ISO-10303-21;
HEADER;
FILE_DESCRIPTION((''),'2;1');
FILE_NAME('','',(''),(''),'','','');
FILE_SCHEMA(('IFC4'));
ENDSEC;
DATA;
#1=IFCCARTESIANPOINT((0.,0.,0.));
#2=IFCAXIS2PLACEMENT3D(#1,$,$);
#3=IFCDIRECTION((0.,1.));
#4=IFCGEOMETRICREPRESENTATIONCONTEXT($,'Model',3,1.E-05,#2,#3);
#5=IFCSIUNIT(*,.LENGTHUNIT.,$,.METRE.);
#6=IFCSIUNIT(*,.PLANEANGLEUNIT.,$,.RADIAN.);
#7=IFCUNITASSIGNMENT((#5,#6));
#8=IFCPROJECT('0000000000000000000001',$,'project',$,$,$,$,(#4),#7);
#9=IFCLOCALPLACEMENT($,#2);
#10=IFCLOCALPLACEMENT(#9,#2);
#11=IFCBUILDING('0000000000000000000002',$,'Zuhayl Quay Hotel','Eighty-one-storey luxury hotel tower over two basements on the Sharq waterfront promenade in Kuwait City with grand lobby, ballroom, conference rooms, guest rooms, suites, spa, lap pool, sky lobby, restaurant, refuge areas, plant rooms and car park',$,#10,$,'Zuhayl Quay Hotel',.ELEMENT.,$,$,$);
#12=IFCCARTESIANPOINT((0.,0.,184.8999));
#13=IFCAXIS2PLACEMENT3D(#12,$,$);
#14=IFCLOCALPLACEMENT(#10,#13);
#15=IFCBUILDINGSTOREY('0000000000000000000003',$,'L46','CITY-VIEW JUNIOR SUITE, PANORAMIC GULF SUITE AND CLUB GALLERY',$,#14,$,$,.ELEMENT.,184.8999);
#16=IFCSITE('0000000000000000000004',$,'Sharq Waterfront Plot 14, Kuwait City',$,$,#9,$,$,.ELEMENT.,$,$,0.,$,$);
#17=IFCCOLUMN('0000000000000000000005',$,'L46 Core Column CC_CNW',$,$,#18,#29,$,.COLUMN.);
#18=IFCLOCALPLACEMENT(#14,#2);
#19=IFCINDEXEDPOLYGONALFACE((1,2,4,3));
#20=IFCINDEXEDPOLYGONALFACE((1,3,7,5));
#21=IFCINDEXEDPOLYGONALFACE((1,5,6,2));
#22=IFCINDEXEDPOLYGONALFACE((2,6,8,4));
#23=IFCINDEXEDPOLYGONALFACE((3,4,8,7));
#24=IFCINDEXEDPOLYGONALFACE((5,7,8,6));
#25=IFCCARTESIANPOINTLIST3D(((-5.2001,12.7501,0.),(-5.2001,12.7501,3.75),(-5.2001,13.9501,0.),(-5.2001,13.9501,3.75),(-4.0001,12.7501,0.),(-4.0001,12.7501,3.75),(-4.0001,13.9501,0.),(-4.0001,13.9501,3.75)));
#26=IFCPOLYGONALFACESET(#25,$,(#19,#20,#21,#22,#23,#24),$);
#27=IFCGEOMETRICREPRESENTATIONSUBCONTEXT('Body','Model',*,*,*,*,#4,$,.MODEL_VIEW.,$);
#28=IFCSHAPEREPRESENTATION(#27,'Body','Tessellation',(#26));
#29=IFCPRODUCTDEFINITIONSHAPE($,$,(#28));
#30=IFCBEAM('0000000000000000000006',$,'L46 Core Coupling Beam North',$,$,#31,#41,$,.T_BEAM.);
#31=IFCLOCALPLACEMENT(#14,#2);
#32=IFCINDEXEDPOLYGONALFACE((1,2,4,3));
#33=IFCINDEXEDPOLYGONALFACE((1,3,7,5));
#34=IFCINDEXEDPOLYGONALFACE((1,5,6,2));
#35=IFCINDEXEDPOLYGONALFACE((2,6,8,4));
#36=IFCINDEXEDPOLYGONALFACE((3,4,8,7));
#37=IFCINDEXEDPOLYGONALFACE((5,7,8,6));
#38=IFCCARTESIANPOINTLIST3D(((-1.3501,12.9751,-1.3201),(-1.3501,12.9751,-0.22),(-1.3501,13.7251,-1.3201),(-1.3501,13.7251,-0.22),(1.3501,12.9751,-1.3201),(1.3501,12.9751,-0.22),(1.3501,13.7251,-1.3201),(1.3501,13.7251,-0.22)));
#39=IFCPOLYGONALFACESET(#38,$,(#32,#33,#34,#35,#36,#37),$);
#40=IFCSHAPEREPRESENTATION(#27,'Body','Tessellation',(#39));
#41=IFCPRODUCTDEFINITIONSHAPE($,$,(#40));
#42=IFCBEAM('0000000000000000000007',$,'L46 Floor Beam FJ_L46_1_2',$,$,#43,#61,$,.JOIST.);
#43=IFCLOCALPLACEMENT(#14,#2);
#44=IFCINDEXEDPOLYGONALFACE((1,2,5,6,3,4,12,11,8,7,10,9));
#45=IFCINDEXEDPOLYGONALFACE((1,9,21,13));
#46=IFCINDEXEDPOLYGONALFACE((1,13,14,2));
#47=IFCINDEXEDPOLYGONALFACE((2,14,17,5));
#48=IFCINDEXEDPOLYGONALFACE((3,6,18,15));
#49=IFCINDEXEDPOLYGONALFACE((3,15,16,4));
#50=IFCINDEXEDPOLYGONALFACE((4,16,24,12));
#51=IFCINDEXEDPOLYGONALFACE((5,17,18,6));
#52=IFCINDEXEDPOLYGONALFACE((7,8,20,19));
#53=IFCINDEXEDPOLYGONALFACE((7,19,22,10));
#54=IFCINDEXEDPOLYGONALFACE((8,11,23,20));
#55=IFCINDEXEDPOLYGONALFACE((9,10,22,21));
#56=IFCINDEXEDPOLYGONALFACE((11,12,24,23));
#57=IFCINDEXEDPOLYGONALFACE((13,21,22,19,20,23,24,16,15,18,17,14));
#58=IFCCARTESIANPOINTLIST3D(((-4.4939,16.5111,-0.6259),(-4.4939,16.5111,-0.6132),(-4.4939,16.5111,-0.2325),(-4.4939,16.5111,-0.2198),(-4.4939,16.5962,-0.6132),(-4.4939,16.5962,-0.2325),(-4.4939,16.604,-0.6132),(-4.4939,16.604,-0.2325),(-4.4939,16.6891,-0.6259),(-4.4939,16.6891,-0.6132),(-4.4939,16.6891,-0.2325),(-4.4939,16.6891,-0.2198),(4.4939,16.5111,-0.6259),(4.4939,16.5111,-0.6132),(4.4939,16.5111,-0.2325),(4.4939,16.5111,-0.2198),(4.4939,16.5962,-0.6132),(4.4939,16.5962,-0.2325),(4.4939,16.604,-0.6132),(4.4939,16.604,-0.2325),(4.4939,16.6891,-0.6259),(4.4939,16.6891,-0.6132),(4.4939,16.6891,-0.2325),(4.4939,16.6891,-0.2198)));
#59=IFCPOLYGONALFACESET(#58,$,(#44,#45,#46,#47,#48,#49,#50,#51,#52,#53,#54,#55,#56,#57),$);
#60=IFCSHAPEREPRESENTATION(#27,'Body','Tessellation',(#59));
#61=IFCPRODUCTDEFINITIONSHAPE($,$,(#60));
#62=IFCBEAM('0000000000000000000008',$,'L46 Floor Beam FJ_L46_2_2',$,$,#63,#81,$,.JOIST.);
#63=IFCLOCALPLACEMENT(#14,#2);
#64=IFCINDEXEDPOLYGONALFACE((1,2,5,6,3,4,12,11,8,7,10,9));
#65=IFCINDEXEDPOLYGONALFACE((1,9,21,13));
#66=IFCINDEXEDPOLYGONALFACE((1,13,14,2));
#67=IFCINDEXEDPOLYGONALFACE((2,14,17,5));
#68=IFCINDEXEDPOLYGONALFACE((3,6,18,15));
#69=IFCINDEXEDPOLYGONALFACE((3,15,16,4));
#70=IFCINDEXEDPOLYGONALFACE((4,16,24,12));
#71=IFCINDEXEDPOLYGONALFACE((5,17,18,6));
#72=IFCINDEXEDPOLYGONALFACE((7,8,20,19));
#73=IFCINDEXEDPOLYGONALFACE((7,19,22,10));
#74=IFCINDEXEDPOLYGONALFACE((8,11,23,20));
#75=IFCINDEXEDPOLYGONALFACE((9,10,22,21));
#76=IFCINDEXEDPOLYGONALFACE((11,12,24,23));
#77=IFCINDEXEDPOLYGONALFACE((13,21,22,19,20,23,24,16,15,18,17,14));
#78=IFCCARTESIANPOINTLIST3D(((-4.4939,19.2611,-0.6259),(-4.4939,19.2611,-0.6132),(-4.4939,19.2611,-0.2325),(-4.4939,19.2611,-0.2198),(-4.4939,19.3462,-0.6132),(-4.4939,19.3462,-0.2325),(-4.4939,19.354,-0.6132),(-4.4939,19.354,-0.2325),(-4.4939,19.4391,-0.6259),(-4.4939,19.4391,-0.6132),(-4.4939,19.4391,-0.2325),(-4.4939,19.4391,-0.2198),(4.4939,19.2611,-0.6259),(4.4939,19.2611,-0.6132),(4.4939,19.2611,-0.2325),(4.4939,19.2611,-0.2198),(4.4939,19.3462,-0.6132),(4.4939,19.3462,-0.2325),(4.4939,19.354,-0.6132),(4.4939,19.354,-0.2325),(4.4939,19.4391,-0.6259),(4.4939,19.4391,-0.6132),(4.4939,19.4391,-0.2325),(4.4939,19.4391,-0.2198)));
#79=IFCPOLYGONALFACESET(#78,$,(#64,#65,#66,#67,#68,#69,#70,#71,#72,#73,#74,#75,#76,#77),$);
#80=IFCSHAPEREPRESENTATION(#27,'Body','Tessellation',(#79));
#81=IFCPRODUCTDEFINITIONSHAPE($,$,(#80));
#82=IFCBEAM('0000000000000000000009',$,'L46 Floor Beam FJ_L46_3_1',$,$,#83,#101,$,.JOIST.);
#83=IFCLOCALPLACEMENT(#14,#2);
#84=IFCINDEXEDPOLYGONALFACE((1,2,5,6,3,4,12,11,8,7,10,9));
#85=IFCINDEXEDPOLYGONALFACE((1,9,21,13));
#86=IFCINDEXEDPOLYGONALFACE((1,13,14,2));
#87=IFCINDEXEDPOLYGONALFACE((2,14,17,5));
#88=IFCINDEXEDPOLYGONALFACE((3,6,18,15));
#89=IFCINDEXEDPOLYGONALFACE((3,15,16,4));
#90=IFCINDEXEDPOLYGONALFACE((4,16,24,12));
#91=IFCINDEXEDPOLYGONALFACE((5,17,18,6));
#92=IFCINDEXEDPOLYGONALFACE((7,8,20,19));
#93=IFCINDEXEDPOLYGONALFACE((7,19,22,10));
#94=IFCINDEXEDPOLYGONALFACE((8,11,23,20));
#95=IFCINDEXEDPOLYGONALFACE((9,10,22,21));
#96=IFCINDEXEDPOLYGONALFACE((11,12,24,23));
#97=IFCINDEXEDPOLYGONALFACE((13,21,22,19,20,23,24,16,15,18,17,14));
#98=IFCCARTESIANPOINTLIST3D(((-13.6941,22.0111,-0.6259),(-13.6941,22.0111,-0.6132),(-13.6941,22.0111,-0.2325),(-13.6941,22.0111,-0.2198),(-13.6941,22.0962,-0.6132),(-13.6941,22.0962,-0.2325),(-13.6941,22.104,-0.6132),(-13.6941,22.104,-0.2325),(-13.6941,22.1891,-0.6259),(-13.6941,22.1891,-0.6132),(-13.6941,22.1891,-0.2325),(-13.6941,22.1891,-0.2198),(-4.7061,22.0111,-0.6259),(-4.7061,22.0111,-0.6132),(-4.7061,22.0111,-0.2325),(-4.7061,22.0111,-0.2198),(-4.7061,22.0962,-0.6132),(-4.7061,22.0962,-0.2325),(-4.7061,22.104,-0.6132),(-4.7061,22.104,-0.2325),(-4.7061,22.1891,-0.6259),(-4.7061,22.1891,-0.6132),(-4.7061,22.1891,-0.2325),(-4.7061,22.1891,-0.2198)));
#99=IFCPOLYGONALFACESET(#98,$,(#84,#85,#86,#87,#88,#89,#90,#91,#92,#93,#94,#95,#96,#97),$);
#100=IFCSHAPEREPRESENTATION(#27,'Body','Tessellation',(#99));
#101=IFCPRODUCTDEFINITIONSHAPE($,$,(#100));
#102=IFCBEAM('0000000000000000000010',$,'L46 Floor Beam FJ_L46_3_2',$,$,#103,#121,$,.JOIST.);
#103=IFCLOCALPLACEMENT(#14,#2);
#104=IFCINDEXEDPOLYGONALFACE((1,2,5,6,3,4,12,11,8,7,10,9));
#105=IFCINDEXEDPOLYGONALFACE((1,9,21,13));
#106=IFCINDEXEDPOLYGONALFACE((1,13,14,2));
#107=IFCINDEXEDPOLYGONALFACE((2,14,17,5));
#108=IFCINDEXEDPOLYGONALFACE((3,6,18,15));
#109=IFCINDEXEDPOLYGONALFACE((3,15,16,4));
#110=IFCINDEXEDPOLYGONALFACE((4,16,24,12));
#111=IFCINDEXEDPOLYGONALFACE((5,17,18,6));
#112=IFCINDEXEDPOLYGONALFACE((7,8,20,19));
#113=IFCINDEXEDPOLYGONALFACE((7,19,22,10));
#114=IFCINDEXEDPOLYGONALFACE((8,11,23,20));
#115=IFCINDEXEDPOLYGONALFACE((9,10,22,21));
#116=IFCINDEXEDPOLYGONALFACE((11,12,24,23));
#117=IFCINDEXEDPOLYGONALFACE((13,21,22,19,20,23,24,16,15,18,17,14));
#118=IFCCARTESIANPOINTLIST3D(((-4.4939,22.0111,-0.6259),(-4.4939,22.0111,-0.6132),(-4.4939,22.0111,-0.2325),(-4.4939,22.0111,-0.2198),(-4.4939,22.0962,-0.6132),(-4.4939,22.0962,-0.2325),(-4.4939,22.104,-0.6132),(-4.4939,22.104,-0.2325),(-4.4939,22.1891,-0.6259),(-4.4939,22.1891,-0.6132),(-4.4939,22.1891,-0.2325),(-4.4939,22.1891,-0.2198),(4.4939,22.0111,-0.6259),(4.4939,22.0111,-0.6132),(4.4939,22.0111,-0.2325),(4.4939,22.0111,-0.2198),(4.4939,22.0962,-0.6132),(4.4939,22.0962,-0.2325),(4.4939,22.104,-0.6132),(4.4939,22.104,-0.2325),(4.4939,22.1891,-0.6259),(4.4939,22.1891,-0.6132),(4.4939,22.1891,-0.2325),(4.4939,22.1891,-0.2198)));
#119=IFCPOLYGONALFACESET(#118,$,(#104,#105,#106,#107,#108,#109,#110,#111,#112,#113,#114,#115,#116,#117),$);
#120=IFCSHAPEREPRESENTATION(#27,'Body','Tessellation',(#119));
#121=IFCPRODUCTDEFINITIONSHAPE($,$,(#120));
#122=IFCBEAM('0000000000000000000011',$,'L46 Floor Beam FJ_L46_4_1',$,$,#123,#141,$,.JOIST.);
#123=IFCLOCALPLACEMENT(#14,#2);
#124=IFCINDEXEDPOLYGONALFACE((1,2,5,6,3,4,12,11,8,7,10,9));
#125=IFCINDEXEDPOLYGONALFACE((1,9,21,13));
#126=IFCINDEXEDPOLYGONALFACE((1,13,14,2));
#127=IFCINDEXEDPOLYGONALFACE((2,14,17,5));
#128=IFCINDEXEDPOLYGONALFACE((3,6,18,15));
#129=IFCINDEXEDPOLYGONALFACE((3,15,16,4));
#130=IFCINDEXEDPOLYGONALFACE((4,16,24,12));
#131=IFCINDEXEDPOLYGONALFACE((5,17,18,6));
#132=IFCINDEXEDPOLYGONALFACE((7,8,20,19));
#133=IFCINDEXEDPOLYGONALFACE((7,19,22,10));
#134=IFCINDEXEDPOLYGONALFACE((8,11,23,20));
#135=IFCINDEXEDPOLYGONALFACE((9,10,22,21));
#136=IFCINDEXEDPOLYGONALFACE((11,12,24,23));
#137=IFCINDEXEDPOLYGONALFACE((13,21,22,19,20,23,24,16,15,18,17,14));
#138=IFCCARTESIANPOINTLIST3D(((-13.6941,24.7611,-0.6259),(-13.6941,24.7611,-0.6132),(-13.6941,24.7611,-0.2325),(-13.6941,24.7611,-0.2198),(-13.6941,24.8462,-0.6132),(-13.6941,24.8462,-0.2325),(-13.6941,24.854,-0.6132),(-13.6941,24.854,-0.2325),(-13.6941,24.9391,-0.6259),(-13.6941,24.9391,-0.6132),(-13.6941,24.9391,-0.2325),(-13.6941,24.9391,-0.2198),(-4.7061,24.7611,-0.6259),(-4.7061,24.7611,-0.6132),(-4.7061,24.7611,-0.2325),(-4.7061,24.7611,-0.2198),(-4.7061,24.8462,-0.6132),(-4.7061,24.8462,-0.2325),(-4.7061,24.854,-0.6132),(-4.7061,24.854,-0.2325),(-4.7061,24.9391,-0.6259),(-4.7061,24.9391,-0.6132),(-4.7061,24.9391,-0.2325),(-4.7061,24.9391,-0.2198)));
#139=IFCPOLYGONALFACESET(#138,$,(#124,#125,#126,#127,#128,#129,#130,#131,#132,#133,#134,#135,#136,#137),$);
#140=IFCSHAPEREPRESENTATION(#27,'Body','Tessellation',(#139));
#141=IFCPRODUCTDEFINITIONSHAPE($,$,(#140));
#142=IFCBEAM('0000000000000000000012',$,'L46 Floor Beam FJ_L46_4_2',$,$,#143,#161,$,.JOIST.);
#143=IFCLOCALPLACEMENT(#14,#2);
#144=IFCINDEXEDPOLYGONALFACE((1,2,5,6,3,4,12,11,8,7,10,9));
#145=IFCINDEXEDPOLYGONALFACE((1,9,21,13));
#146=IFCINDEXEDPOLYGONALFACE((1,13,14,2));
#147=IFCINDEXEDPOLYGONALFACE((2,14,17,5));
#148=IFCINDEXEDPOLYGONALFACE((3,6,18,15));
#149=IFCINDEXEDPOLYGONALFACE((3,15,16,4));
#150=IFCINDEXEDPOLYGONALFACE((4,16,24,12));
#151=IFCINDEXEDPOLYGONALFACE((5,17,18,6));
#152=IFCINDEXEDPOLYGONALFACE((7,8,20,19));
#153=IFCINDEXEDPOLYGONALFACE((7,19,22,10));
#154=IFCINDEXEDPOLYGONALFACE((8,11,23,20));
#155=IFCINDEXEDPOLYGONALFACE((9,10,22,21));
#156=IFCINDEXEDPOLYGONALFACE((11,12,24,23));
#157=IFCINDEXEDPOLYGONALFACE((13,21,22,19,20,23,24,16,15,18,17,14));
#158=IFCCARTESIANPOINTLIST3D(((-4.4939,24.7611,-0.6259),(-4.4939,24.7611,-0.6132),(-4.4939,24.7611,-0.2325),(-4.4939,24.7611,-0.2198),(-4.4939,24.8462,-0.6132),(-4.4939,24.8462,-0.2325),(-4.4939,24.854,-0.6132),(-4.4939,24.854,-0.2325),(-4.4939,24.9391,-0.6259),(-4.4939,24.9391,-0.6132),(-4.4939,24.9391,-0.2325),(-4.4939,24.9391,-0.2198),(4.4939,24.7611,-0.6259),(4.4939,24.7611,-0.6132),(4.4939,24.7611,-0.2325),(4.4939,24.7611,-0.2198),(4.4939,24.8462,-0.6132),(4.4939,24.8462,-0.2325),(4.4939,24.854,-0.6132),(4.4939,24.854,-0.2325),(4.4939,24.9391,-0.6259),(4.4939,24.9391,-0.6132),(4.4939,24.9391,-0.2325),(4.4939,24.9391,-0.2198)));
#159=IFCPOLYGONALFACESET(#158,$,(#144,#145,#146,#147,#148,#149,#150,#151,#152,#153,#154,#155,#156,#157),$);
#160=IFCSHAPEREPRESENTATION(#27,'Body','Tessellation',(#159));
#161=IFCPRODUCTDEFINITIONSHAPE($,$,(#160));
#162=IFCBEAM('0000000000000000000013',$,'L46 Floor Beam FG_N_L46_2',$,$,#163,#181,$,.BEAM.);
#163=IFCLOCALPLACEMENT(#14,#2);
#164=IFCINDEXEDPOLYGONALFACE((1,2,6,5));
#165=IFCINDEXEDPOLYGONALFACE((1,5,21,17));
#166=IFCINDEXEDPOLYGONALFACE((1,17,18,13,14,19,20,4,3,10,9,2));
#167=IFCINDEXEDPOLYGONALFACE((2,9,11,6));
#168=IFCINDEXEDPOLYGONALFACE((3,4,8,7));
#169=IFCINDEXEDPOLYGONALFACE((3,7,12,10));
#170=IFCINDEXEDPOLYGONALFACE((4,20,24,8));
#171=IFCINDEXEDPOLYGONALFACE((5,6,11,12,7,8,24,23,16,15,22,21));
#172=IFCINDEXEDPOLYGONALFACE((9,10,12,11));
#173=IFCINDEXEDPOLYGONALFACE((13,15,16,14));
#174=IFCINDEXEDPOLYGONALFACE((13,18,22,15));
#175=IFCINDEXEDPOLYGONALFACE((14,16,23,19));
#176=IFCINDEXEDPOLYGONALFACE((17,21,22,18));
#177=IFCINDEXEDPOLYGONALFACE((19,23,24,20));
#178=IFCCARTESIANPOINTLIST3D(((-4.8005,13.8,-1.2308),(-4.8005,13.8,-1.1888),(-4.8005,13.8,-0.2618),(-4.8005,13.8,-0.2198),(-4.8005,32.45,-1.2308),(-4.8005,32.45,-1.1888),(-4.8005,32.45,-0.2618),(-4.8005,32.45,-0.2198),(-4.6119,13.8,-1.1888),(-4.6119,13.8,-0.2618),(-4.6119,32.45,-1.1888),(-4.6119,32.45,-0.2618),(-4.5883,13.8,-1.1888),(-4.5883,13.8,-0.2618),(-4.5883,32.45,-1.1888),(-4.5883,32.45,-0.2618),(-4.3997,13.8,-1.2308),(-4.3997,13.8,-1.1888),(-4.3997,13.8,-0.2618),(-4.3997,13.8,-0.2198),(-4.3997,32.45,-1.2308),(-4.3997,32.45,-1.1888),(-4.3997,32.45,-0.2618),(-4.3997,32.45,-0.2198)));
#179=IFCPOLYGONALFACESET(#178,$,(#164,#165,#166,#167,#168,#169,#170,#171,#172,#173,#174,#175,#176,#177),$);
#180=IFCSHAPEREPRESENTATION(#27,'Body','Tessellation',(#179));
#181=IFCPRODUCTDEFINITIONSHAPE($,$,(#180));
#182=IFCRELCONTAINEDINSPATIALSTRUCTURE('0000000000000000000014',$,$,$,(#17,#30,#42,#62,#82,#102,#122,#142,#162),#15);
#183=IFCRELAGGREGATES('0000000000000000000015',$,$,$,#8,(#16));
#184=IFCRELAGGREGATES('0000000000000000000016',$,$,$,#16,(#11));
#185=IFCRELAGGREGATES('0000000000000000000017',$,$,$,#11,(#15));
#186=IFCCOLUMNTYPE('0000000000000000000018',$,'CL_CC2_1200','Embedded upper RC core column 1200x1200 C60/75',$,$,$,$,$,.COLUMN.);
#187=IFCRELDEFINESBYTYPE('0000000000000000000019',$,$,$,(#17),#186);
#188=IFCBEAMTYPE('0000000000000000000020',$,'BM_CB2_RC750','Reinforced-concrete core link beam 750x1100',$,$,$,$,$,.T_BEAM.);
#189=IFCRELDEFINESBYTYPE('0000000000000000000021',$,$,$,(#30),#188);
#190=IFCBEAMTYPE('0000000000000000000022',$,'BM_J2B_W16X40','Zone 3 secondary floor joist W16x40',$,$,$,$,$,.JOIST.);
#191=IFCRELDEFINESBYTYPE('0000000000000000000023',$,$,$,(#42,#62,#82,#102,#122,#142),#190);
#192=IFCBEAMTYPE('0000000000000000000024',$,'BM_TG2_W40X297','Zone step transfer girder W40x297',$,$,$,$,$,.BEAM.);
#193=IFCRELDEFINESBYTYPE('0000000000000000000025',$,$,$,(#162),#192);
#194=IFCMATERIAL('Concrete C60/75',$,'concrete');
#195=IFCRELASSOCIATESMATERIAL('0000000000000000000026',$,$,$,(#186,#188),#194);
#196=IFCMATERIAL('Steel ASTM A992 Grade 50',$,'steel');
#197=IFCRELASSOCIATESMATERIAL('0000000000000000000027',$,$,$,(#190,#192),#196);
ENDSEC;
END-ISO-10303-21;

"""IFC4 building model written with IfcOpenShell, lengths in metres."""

from ifc_helpers import new_model, si_unit, direction, frame, origin, origin_2d, place, context, subcontext, project, spatial, rectangle, i_section, extrude, material, material_profile, profile_set, type_object, element, save


model = new_model("IFC4")

# Units and contexts
model_context = context("Model", 3, precision=1e-05, world=origin(), true_north=direction((0.0, 1.0)))
body_context = subcontext(model_context, "Body", "Model", "MODEL_VIEW")
ifc_project = project(units=[si_unit("LENGTHUNIT", "METRE"), si_unit("PLANEANGLEUNIT", "RADIAN")], contexts=[model_context])

# Site, building, storey
site_placement = place(None, origin())
site = spatial("IfcSite", under=ifc_project, at=site_placement, Name="Sharq Waterfront Plot 14, Kuwait City", CompositionType="ELEMENT", RefElevation=0.0)
building_placement = place(site_placement, origin())
building = spatial("IfcBuilding", under=site, at=building_placement, Name="Zuhayl Quay Hotel", Description="Eighty-one-storey luxury hotel tower over two basements on the Sharq waterfront promenade in Kuwait City with grand lobby, ballroom, conference rooms, guest rooms, suites, spa, lap pool, sky lobby, restaurant, refuge areas, plant rooms and car park", LongName="Zuhayl Quay Hotel", CompositionType="ELEMENT")
storey_placement = place(building_placement, frame((0.0, 0.0, 184.8999)))
storey = spatial("IfcBuildingStorey", under=building, at=storey_placement, Name="L46", Description="CITY-VIEW JUNIOR SUITE, PANORAMIC GULF SUITE AND CLUB GALLERY", CompositionType="ELEMENT", Elevation=184.8999)

# Column
ifc_material_1 = material(Name="Concrete C60/75", Category="concrete")
ifc_material_profile_1 = material_profile(ifc_material_1, rectangle(XDim=1.2, YDim=1.2, at=origin_2d()), Name="RC1200X1200")
ifc_profile_set_1 = profile_set([ifc_material_profile_1], Name="Concrete C60/75")
column_type = type_object("IfcColumnType", Name="CL_CC2_1200", Description="Embedded upper RC core column 1200x1200 C60/75", PredefinedType="COLUMN", material=ifc_profile_set_1)
column_placement = place(storey_placement, frame((-4.6001, 13.3501, 0.0), z_axis=(0.0, 0.0, 1.0), x_axis=(1.0, 0.0, 0.0)))
element("IfcColumn", 1, at=column_placement, inside=storey, type_object=column_type, Name="L46 Core Column CC_CNW", PredefinedType="COLUMN", context=body_context, shape_type="SweptSolid", body=[
    extrude(rectangle(XDim=1.2, YDim=1.2, at=origin_2d()), origin(), (0.0, 0.0, 1.0), 3.75),
])

# Beams
ifc_material_profile_2 = material_profile(ifc_material_1, rectangle(XDim=0.75, YDim=1.1001, at=origin_2d()), Name="RC750X1100")
ifc_profile_set_2 = profile_set([ifc_material_profile_2], Name="Concrete C60/75")
beam_type_1 = type_object("IfcBeamType", Name="BM_CB2_RC750", Description="Reinforced-concrete core link beam 750x1100", PredefinedType="T_BEAM", material=ifc_profile_set_2)
beam_1_placement = place(storey_placement, frame((-1.3501, 13.3501, -0.77), z_axis=(1.0, 0.0, 0.0), x_axis=(0.0, 1.0, 0.0)))
element("IfcBeam", 2, at=beam_1_placement, inside=storey, type_object=beam_type_1, Name="L46 Core Coupling Beam North", PredefinedType="T_BEAM", context=body_context, shape_type="SweptSolid", body=[
    extrude(rectangle(XDim=0.75, YDim=1.1001, at=origin_2d()), origin(), (0.0, 0.0, 1.0), 2.7002),
])
ifc_material_2 = material(Name="Steel ASTM A992 Grade 50", Category="steel")
ifc_material_profile_3 = material_profile(ifc_material_2, i_section(OverallWidth=0.178, OverallDepth=0.406, WebThickness=0.0078, FlangeThickness=0.0127, at=origin_2d()), Name="W16X40")
ifc_profile_set_3 = profile_set([ifc_material_profile_3], Name="Steel ASTM A992 Grade 50")
beam_type_2 = type_object("IfcBeamType", Name="BM_J2B_W16X40", Description="Zone 3 secondary floor joist W16x40", PredefinedType="JOIST", material=ifc_profile_set_3)
for number, where, z_axis, x_axis, name in (
    (3, (-4.4939, 16.6001, -0.4229), (1.0, 0.0, 0.0), (0.0, 1.0, 0.0), "L46 Floor Beam FJ_L46_1_2"),
    (4, (-4.4939, 19.3501, -0.4229), (1.0, 0.0, 0.0), (0.0, 1.0, 0.0), "L46 Floor Beam FJ_L46_2_2"),
):
    element("IfcBeam", number, at=place(storey_placement, frame(where, z_axis=z_axis, x_axis=x_axis)), inside=storey, type_object=beam_type_2, Name=name, PredefinedType="JOIST", context=body_context, shape_type="SweptSolid", body=[
        extrude(i_section(OverallWidth=0.178, OverallDepth=0.406, WebThickness=0.0078, FlangeThickness=0.0127, at=origin_2d()), origin(), (0.0, 0.0, 1.0), 8.9878),
    ])
beam_2_placement = place(storey_placement, frame((-13.6941, 22.1001, -0.4229), z_axis=(1.0, 0.0, 0.0), x_axis=(0.0, 1.0, 0.0)))
element("IfcBeam", 5, at=beam_2_placement, inside=storey, type_object=beam_type_2, Name="L46 Floor Beam FJ_L46_3_1", PredefinedType="JOIST", context=body_context, shape_type="SweptSolid", body=[
    extrude(i_section(OverallWidth=0.178, OverallDepth=0.406, WebThickness=0.0078, FlangeThickness=0.0127, at=origin_2d()), origin(), (0.0, 0.0, 1.0), 8.988),
])
beam_3_placement = place(storey_placement, frame((-4.4939, 22.1001, -0.4229), z_axis=(1.0, 0.0, 0.0), x_axis=(0.0, 1.0, 0.0)))
element("IfcBeam", 6, at=beam_3_placement, inside=storey, type_object=beam_type_2, Name="L46 Floor Beam FJ_L46_3_2", PredefinedType="JOIST", context=body_context, shape_type="SweptSolid", body=[
    extrude(i_section(OverallWidth=0.178, OverallDepth=0.406, WebThickness=0.0078, FlangeThickness=0.0127, at=origin_2d()), origin(), (0.0, 0.0, 1.0), 8.9878),
])
beam_4_placement = place(storey_placement, frame((-13.6941, 24.8501, -0.4229), z_axis=(1.0, 0.0, 0.0), x_axis=(0.0, 1.0, 0.0)))
element("IfcBeam", 7, at=beam_4_placement, inside=storey, type_object=beam_type_2, Name="L46 Floor Beam FJ_L46_4_1", PredefinedType="JOIST", context=body_context, shape_type="SweptSolid", body=[
    extrude(i_section(OverallWidth=0.178, OverallDepth=0.406, WebThickness=0.0078, FlangeThickness=0.0127, at=origin_2d()), origin(), (0.0, 0.0, 1.0), 8.988),
])
beam_5_placement = place(storey_placement, frame((-4.4939, 24.8501, -0.4229), z_axis=(1.0, 0.0, 0.0), x_axis=(0.0, 1.0, 0.0)))
element("IfcBeam", 8, at=beam_5_placement, inside=storey, type_object=beam_type_2, Name="L46 Floor Beam FJ_L46_4_2", PredefinedType="JOIST", context=body_context, shape_type="SweptSolid", body=[
    extrude(i_section(OverallWidth=0.178, OverallDepth=0.406, WebThickness=0.0078, FlangeThickness=0.0127, at=origin_2d()), origin(), (0.0, 0.0, 1.0), 8.9878),
])
ifc_material_profile_4 = material_profile(ifc_material_2, i_section(OverallWidth=0.4009, OverallDepth=1.011, WebThickness=0.0237, FlangeThickness=0.042, at=origin_2d()), Name="W40X297")
ifc_profile_set_4 = profile_set([ifc_material_profile_4], Name="Steel ASTM A992 Grade 50")
beam_type_3 = type_object("IfcBeamType", Name="BM_TG2_W40X297", Description="Zone step transfer girder W40x297", PredefinedType="BEAM", material=ifc_profile_set_4)
beam_6_placement = place(storey_placement, frame((-4.6001, 13.8, -0.7253), z_axis=(0.0, 1.0, 0.0), x_axis=(-1.0, 0.0, 0.0)))
element("IfcBeam", 9, at=beam_6_placement, inside=storey, type_object=beam_type_3, Name="L46 Floor Beam FG_N_L46_2", PredefinedType="BEAM", context=body_context, shape_type="SweptSolid", body=[
    extrude(i_section(OverallWidth=0.4009, OverallDepth=1.011, WebThickness=0.0237, FlangeThickness=0.042, at=origin_2d()), origin(), (0.0, 0.0, 1.0), 18.6499),
])

save(model, "model.ifc")
